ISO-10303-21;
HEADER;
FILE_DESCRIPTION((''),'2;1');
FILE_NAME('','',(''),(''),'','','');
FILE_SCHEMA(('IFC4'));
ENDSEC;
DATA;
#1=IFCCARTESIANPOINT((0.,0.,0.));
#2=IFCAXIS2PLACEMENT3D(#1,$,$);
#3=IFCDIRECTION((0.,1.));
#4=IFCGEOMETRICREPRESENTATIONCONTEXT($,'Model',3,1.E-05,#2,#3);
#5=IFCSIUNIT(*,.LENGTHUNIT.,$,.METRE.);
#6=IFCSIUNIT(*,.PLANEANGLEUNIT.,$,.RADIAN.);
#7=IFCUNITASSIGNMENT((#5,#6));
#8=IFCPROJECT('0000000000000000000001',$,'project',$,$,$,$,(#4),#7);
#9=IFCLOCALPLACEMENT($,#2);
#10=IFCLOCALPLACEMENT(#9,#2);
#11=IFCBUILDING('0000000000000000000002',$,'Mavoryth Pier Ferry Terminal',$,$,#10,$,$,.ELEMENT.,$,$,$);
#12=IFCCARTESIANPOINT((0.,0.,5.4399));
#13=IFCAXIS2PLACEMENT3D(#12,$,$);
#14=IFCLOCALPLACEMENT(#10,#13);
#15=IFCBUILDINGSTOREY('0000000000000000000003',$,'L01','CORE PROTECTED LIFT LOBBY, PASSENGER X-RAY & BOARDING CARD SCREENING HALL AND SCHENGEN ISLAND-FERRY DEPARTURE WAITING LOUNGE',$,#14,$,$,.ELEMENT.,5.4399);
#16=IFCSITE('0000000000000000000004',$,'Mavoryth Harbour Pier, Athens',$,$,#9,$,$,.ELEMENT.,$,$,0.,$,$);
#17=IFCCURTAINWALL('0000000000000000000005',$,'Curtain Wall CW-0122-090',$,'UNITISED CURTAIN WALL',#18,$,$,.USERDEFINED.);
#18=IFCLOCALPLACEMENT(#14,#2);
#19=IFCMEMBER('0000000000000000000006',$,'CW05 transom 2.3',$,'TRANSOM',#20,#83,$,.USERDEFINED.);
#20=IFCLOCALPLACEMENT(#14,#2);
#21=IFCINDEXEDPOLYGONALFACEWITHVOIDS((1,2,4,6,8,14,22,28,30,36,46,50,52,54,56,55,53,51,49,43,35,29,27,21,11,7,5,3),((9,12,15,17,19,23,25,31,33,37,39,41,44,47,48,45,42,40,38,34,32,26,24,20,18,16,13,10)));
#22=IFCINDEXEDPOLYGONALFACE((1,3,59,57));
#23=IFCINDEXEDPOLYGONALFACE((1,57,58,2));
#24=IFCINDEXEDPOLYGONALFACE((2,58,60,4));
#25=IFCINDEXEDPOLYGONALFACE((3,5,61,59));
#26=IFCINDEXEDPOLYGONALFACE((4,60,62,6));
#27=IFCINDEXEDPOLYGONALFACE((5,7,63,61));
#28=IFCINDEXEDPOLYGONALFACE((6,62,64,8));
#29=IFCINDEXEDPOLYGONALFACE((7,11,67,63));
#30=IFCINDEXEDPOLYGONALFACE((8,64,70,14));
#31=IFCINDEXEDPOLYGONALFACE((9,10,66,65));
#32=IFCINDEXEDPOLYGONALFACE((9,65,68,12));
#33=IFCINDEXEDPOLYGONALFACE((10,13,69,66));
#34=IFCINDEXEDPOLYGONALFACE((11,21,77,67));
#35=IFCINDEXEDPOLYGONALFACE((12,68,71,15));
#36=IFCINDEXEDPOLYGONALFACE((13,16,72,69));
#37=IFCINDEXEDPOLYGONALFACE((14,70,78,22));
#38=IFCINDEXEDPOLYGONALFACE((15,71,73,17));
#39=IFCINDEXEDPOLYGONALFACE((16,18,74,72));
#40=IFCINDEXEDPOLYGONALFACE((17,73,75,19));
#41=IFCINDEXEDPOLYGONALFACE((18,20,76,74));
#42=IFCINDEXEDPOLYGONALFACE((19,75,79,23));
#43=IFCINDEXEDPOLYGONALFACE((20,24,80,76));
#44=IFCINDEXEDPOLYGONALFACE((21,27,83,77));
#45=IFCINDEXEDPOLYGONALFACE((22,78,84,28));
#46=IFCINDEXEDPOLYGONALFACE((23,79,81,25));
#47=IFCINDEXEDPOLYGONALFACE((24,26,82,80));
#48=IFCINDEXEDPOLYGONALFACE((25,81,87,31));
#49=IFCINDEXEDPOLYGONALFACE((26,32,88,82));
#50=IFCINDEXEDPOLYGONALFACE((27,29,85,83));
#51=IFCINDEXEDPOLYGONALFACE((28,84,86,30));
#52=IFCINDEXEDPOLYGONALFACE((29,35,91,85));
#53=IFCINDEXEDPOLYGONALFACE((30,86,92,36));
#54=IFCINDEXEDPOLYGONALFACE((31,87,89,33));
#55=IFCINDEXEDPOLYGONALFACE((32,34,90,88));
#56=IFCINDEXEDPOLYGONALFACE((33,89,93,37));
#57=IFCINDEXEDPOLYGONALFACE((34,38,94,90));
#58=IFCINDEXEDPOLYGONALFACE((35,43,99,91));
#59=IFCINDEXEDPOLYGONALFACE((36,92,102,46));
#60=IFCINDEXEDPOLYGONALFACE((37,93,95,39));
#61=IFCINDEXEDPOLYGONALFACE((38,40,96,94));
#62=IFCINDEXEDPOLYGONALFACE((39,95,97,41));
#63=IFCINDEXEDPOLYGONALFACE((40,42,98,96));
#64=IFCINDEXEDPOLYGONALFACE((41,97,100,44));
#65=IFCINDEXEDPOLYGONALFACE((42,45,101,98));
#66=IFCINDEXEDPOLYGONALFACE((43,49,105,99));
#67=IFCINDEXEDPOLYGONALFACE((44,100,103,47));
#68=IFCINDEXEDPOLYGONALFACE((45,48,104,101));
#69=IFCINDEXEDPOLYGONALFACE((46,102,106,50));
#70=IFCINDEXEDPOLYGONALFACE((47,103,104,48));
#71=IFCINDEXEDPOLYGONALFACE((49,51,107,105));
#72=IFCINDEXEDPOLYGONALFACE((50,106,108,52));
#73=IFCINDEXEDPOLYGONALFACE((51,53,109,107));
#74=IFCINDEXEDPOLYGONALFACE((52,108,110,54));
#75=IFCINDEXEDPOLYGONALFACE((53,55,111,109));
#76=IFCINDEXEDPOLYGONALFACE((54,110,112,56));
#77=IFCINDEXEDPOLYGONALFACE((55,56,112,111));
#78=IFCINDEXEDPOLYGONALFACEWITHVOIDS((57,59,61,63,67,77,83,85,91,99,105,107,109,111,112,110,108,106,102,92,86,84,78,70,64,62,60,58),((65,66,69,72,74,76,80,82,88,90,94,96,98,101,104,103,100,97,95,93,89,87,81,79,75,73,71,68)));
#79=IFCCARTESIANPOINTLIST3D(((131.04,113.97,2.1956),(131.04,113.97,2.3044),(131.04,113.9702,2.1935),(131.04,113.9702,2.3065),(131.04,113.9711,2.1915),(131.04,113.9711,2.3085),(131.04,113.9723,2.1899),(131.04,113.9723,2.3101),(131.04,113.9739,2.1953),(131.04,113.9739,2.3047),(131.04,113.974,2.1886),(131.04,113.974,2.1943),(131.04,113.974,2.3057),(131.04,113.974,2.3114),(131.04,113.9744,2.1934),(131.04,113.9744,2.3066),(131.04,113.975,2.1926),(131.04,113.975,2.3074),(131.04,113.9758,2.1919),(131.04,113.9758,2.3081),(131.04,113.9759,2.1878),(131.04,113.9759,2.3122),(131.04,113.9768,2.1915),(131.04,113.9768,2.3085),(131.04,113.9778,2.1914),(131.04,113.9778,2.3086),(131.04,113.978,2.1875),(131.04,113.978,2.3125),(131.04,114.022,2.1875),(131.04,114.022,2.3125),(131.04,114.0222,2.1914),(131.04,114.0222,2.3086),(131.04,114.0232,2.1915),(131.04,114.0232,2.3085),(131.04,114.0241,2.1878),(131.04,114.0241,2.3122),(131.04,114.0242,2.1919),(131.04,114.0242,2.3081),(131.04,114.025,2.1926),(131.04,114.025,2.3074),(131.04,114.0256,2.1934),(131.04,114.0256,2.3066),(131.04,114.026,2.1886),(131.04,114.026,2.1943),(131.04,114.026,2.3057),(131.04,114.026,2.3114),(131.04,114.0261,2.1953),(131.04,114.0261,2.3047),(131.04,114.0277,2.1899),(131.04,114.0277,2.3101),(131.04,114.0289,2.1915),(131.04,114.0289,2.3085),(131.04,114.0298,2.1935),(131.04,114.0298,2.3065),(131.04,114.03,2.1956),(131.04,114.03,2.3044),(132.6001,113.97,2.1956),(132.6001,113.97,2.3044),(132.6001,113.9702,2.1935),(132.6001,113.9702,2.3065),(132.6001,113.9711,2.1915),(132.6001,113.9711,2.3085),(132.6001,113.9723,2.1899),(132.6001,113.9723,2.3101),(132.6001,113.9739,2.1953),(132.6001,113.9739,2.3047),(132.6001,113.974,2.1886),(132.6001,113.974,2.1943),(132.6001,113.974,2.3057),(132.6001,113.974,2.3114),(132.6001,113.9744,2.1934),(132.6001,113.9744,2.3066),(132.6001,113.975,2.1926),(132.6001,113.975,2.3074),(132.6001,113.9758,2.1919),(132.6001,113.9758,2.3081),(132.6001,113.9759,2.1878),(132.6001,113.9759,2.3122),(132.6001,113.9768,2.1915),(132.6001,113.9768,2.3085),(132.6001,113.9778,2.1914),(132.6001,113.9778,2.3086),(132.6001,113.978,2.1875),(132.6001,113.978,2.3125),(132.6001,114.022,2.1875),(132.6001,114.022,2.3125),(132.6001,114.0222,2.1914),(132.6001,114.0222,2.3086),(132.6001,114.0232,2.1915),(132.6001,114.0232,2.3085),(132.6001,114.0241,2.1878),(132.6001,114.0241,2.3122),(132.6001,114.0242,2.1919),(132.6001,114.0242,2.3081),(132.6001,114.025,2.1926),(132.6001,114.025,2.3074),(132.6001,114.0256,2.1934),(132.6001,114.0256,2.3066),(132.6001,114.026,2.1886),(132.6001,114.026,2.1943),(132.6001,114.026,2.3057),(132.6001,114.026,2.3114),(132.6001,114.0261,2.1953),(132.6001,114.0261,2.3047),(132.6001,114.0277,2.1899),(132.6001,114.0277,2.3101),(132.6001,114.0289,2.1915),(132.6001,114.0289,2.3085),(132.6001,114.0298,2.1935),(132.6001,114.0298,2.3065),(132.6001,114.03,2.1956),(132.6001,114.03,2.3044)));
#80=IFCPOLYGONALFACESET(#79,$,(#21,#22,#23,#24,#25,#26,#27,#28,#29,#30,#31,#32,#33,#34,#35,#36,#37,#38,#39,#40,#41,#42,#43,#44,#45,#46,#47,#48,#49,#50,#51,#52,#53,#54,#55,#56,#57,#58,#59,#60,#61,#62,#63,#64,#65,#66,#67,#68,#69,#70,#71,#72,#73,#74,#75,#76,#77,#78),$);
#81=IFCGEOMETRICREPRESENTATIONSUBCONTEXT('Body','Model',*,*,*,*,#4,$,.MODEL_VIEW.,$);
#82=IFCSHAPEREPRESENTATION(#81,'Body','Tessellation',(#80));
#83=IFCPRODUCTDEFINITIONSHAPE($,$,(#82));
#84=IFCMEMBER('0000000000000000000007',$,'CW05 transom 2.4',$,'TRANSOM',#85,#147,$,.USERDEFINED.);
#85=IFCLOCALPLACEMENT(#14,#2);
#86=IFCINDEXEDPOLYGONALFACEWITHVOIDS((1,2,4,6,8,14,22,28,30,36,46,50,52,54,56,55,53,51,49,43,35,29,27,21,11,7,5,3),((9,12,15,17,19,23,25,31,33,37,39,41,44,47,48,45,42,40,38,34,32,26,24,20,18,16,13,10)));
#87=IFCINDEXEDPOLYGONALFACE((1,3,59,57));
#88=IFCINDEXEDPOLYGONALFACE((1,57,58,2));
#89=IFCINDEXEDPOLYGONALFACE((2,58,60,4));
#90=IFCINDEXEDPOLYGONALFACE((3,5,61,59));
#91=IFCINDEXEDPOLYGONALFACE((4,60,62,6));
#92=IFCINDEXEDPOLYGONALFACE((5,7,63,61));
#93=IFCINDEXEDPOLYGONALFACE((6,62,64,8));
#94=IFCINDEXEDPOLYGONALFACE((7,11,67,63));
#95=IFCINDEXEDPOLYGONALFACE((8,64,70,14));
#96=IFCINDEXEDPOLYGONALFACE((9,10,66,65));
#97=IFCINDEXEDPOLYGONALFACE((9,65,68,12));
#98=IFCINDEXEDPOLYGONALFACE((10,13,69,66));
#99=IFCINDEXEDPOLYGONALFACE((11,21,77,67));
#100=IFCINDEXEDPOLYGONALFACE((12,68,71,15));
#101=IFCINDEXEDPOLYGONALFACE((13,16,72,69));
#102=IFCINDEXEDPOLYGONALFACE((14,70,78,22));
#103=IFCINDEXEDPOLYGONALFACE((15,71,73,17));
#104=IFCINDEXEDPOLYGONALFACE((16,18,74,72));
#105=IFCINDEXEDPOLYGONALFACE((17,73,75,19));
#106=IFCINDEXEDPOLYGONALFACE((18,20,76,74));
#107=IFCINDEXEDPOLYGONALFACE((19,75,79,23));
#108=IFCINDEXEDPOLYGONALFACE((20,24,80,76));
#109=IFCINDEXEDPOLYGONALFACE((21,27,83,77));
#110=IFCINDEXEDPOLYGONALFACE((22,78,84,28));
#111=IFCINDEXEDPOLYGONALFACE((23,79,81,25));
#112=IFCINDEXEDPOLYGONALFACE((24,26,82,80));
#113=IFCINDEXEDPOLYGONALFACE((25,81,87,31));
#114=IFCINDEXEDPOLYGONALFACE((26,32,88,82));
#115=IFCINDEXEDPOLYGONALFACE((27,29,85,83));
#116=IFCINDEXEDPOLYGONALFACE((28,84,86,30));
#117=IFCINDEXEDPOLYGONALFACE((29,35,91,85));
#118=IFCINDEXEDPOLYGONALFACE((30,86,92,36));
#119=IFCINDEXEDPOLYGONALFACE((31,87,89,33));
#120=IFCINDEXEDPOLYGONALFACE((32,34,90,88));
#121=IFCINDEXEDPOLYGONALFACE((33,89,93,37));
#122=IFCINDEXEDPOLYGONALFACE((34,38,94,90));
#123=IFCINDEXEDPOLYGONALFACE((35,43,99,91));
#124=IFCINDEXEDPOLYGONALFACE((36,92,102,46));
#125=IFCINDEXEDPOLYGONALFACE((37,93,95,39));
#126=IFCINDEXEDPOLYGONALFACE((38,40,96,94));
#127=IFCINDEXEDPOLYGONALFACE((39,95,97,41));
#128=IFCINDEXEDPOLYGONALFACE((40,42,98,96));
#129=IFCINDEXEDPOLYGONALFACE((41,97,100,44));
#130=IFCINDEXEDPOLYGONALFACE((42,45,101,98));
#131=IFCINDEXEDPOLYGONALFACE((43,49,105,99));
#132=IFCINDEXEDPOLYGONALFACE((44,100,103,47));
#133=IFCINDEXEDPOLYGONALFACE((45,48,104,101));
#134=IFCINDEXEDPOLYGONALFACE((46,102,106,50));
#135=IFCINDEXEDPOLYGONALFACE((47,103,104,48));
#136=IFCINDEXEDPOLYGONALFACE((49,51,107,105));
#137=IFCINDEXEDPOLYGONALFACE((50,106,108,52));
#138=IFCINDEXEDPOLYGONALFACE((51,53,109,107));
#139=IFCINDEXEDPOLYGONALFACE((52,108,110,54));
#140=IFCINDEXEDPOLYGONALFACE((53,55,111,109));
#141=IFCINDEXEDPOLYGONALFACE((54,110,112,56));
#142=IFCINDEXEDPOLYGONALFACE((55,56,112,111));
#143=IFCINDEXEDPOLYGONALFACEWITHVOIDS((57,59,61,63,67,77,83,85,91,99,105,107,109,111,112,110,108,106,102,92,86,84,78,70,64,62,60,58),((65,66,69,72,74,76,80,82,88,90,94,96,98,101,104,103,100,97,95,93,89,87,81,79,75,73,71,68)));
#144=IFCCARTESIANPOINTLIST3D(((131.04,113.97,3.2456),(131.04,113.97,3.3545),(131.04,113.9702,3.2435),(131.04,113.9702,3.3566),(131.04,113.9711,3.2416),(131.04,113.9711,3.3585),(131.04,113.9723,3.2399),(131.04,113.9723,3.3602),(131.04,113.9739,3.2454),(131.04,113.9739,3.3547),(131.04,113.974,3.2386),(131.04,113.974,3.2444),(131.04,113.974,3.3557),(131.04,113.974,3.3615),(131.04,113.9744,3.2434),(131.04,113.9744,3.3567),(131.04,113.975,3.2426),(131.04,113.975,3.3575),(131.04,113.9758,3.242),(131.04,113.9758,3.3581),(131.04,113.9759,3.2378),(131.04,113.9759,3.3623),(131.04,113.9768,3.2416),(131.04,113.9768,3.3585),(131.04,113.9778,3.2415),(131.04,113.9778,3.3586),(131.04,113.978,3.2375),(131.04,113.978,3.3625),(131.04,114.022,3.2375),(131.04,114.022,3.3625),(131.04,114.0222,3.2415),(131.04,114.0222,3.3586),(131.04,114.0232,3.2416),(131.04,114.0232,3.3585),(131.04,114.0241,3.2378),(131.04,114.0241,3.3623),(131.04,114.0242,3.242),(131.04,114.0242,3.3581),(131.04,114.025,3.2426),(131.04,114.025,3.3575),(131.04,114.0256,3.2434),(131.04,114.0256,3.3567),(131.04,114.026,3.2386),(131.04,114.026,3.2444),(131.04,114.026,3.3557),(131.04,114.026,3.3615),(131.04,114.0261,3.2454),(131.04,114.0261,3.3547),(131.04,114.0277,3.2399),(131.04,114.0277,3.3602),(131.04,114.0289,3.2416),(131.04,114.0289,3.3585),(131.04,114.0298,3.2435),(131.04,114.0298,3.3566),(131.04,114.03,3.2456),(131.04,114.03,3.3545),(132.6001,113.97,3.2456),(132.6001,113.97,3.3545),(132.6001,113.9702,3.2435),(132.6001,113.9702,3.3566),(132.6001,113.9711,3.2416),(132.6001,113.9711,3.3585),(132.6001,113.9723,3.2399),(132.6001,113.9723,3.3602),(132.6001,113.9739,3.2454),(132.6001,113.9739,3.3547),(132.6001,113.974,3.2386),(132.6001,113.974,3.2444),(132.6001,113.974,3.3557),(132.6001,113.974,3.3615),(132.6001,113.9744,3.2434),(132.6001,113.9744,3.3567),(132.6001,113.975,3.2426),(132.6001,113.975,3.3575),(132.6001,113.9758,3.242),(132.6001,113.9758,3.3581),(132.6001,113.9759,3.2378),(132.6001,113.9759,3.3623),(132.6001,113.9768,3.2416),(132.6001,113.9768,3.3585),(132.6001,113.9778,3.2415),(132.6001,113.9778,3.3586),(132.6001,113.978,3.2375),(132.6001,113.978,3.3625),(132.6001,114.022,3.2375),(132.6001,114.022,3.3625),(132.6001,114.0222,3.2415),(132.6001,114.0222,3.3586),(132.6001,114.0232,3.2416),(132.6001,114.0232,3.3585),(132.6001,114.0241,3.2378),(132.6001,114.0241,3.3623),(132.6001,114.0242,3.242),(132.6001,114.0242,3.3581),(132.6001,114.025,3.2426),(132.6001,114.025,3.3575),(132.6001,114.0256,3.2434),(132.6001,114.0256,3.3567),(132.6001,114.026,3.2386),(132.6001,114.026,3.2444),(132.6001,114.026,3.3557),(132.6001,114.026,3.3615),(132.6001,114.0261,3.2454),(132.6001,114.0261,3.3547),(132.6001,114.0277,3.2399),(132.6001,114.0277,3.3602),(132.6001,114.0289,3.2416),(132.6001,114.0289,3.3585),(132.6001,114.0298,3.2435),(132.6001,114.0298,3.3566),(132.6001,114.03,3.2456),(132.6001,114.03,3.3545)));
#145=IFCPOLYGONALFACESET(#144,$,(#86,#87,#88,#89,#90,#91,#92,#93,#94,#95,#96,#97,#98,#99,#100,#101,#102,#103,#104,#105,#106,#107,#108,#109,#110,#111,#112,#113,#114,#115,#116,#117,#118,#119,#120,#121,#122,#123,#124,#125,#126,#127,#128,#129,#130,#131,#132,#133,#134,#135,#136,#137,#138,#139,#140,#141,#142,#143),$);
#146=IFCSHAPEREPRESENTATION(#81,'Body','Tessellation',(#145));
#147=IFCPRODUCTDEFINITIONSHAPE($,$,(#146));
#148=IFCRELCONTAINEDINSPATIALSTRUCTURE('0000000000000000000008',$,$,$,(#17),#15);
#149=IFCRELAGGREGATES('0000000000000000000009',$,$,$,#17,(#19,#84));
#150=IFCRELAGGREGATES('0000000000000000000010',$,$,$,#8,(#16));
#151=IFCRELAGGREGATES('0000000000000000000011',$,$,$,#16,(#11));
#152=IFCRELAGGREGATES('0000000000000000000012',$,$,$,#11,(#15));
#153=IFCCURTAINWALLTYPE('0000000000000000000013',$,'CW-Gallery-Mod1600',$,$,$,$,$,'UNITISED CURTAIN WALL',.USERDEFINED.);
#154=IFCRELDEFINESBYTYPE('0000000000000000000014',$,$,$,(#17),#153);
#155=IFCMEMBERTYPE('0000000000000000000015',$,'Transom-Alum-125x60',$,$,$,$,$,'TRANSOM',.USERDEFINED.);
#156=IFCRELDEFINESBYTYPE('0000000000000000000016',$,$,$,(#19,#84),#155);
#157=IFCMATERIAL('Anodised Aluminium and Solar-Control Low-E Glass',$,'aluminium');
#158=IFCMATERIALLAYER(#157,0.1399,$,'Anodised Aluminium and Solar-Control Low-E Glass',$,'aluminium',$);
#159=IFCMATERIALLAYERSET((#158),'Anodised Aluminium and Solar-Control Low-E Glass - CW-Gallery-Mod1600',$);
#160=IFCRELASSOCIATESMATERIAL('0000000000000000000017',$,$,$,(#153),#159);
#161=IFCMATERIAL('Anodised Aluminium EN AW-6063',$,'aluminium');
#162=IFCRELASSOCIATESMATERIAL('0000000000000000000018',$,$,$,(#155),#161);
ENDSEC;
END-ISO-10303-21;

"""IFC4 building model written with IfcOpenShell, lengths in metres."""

from ifc_helpers import new_model, si_unit, direction, frame, origin, origin_2d, place, context, subcontext, project, spatial, hollow_rectangle, extrude, material, layer, layer_set, material_profile, profile_set, type_object, element, aggregate, save


model = new_model("IFC4")

# Units and contexts
model_context = context("Model", 3, precision=1e-05, world=origin(), true_north=direction((0.0, 1.0)))
body_context = subcontext(model_context, "Body", "Model", "MODEL_VIEW")
ifc_project = project(units=[si_unit("LENGTHUNIT", "METRE"), si_unit("PLANEANGLEUNIT", "RADIAN")], contexts=[model_context])

# Site, building, storey
site_placement = place(None, origin())
site = spatial("IfcSite", under=ifc_project, at=site_placement, Name="Mavoryth Harbour Pier, Athens", CompositionType="ELEMENT", RefElevation=0.0)
building_placement = place(site_placement, origin())
building = spatial("IfcBuilding", under=site, at=building_placement, Name="Mavoryth Pier Ferry Terminal", CompositionType="ELEMENT")
storey_placement = place(building_placement, frame((0.0, 0.0, 5.4399)))
storey = spatial("IfcBuildingStorey", under=building, at=storey_placement, Name="L01", Description="CORE PROTECTED LIFT LOBBY, PASSENGER X-RAY & BOARDING CARD SCREENING HALL AND SCHENGEN ISLAND-FERRY DEPARTURE WAITING LOUNGE", CompositionType="ELEMENT", Elevation=5.4399)

# Curtain wall
ifc_material_1 = material(Name="Anodised Aluminium and Solar-Control Low-E Glass", Category="aluminium")
ifc_layer_1 = layer(ifc_material_1, 0.1399, Name="Anodised Aluminium and Solar-Control Low-E Glass", Category="aluminium")
ifc_layer_set_1 = layer_set([ifc_layer_1], Name="Anodised Aluminium and Solar-Control Low-E Glass - CW-Gallery-Mod1600")
curtain_wall_type = type_object("IfcCurtainWallType", Name="CW-Gallery-Mod1600", ElementType="UNITISED CURTAIN WALL", PredefinedType="USERDEFINED", material=ifc_layer_set_1)
curtain_wall_1_placement = place(storey_placement, origin())
curtain_wall_1 = element("IfcCurtainWall", 1, at=curtain_wall_1_placement, inside=storey, type_object=curtain_wall_type, Name="Curtain Wall CW-0122-090", ObjectType="UNITISED CURTAIN WALL", PredefinedType="USERDEFINED")
ifc_material_2 = material(Name="Anodised Aluminium EN AW-6063", Category="aluminium")

# Members
ifc_material_profile_1 = material_profile(ifc_material_2, hollow_rectangle(XDim=0.0601, YDim=0.125, WallThickness=0.0039, InnerFilletRadius=0.0039, OuterFilletRadius=0.0081, at=origin_2d()), Name="AL-TRAN 125x60x4", Category="aluminium")
ifc_profile_set_1 = profile_set([ifc_material_profile_1], Name="Anodised Aluminium EN AW-6063 - AL-TRAN 125x60x4")
member_type_1 = type_object("IfcMemberType", Name="Transom-Alum-125x60", ElementType="TRANSOM", PredefinedType="USERDEFINED", material=ifc_profile_set_1)
member_1_placement = place(storey_placement, frame((132.6001, 114.0, 2.25), z_axis=(-1.0, 0.0, 0.0), x_axis=(0.0, -1.0, 0.0)))
member_1 = element("IfcMember", 2, at=member_1_placement, type_object=member_type_1, Name="CW05 transom 2.3", ObjectType="TRANSOM", PredefinedType="USERDEFINED", context=body_context, shape_type="SweptSolid", body=[
    extrude(hollow_rectangle(XDim=0.0601, YDim=0.125, WallThickness=0.0039, InnerFilletRadius=0.0039, OuterFilletRadius=0.0081, at=origin_2d()), origin(), (0.0, 0.0, 1.0), 1.5601),
])
member_2_placement = place(storey_placement, frame((132.6001, 114.0, 3.3), z_axis=(-1.0, 0.0, 0.0), x_axis=(0.0, -1.0, 0.0)))
member_2 = element("IfcMember", 3, at=member_2_placement, type_object=member_type_1, Name="CW05 transom 2.4", ObjectType="TRANSOM", PredefinedType="USERDEFINED", context=body_context, shape_type="SweptSolid", body=[
    extrude(hollow_rectangle(XDim=0.0601, YDim=0.125, WallThickness=0.0039, InnerFilletRadius=0.0039, OuterFilletRadius=0.0081, at=origin_2d()), origin(), (0.0, 0.0, 1.0), 1.5601),
])

aggregate(curtain_wall_1, [member_1, member_2])

save(model, "model.ifc")
